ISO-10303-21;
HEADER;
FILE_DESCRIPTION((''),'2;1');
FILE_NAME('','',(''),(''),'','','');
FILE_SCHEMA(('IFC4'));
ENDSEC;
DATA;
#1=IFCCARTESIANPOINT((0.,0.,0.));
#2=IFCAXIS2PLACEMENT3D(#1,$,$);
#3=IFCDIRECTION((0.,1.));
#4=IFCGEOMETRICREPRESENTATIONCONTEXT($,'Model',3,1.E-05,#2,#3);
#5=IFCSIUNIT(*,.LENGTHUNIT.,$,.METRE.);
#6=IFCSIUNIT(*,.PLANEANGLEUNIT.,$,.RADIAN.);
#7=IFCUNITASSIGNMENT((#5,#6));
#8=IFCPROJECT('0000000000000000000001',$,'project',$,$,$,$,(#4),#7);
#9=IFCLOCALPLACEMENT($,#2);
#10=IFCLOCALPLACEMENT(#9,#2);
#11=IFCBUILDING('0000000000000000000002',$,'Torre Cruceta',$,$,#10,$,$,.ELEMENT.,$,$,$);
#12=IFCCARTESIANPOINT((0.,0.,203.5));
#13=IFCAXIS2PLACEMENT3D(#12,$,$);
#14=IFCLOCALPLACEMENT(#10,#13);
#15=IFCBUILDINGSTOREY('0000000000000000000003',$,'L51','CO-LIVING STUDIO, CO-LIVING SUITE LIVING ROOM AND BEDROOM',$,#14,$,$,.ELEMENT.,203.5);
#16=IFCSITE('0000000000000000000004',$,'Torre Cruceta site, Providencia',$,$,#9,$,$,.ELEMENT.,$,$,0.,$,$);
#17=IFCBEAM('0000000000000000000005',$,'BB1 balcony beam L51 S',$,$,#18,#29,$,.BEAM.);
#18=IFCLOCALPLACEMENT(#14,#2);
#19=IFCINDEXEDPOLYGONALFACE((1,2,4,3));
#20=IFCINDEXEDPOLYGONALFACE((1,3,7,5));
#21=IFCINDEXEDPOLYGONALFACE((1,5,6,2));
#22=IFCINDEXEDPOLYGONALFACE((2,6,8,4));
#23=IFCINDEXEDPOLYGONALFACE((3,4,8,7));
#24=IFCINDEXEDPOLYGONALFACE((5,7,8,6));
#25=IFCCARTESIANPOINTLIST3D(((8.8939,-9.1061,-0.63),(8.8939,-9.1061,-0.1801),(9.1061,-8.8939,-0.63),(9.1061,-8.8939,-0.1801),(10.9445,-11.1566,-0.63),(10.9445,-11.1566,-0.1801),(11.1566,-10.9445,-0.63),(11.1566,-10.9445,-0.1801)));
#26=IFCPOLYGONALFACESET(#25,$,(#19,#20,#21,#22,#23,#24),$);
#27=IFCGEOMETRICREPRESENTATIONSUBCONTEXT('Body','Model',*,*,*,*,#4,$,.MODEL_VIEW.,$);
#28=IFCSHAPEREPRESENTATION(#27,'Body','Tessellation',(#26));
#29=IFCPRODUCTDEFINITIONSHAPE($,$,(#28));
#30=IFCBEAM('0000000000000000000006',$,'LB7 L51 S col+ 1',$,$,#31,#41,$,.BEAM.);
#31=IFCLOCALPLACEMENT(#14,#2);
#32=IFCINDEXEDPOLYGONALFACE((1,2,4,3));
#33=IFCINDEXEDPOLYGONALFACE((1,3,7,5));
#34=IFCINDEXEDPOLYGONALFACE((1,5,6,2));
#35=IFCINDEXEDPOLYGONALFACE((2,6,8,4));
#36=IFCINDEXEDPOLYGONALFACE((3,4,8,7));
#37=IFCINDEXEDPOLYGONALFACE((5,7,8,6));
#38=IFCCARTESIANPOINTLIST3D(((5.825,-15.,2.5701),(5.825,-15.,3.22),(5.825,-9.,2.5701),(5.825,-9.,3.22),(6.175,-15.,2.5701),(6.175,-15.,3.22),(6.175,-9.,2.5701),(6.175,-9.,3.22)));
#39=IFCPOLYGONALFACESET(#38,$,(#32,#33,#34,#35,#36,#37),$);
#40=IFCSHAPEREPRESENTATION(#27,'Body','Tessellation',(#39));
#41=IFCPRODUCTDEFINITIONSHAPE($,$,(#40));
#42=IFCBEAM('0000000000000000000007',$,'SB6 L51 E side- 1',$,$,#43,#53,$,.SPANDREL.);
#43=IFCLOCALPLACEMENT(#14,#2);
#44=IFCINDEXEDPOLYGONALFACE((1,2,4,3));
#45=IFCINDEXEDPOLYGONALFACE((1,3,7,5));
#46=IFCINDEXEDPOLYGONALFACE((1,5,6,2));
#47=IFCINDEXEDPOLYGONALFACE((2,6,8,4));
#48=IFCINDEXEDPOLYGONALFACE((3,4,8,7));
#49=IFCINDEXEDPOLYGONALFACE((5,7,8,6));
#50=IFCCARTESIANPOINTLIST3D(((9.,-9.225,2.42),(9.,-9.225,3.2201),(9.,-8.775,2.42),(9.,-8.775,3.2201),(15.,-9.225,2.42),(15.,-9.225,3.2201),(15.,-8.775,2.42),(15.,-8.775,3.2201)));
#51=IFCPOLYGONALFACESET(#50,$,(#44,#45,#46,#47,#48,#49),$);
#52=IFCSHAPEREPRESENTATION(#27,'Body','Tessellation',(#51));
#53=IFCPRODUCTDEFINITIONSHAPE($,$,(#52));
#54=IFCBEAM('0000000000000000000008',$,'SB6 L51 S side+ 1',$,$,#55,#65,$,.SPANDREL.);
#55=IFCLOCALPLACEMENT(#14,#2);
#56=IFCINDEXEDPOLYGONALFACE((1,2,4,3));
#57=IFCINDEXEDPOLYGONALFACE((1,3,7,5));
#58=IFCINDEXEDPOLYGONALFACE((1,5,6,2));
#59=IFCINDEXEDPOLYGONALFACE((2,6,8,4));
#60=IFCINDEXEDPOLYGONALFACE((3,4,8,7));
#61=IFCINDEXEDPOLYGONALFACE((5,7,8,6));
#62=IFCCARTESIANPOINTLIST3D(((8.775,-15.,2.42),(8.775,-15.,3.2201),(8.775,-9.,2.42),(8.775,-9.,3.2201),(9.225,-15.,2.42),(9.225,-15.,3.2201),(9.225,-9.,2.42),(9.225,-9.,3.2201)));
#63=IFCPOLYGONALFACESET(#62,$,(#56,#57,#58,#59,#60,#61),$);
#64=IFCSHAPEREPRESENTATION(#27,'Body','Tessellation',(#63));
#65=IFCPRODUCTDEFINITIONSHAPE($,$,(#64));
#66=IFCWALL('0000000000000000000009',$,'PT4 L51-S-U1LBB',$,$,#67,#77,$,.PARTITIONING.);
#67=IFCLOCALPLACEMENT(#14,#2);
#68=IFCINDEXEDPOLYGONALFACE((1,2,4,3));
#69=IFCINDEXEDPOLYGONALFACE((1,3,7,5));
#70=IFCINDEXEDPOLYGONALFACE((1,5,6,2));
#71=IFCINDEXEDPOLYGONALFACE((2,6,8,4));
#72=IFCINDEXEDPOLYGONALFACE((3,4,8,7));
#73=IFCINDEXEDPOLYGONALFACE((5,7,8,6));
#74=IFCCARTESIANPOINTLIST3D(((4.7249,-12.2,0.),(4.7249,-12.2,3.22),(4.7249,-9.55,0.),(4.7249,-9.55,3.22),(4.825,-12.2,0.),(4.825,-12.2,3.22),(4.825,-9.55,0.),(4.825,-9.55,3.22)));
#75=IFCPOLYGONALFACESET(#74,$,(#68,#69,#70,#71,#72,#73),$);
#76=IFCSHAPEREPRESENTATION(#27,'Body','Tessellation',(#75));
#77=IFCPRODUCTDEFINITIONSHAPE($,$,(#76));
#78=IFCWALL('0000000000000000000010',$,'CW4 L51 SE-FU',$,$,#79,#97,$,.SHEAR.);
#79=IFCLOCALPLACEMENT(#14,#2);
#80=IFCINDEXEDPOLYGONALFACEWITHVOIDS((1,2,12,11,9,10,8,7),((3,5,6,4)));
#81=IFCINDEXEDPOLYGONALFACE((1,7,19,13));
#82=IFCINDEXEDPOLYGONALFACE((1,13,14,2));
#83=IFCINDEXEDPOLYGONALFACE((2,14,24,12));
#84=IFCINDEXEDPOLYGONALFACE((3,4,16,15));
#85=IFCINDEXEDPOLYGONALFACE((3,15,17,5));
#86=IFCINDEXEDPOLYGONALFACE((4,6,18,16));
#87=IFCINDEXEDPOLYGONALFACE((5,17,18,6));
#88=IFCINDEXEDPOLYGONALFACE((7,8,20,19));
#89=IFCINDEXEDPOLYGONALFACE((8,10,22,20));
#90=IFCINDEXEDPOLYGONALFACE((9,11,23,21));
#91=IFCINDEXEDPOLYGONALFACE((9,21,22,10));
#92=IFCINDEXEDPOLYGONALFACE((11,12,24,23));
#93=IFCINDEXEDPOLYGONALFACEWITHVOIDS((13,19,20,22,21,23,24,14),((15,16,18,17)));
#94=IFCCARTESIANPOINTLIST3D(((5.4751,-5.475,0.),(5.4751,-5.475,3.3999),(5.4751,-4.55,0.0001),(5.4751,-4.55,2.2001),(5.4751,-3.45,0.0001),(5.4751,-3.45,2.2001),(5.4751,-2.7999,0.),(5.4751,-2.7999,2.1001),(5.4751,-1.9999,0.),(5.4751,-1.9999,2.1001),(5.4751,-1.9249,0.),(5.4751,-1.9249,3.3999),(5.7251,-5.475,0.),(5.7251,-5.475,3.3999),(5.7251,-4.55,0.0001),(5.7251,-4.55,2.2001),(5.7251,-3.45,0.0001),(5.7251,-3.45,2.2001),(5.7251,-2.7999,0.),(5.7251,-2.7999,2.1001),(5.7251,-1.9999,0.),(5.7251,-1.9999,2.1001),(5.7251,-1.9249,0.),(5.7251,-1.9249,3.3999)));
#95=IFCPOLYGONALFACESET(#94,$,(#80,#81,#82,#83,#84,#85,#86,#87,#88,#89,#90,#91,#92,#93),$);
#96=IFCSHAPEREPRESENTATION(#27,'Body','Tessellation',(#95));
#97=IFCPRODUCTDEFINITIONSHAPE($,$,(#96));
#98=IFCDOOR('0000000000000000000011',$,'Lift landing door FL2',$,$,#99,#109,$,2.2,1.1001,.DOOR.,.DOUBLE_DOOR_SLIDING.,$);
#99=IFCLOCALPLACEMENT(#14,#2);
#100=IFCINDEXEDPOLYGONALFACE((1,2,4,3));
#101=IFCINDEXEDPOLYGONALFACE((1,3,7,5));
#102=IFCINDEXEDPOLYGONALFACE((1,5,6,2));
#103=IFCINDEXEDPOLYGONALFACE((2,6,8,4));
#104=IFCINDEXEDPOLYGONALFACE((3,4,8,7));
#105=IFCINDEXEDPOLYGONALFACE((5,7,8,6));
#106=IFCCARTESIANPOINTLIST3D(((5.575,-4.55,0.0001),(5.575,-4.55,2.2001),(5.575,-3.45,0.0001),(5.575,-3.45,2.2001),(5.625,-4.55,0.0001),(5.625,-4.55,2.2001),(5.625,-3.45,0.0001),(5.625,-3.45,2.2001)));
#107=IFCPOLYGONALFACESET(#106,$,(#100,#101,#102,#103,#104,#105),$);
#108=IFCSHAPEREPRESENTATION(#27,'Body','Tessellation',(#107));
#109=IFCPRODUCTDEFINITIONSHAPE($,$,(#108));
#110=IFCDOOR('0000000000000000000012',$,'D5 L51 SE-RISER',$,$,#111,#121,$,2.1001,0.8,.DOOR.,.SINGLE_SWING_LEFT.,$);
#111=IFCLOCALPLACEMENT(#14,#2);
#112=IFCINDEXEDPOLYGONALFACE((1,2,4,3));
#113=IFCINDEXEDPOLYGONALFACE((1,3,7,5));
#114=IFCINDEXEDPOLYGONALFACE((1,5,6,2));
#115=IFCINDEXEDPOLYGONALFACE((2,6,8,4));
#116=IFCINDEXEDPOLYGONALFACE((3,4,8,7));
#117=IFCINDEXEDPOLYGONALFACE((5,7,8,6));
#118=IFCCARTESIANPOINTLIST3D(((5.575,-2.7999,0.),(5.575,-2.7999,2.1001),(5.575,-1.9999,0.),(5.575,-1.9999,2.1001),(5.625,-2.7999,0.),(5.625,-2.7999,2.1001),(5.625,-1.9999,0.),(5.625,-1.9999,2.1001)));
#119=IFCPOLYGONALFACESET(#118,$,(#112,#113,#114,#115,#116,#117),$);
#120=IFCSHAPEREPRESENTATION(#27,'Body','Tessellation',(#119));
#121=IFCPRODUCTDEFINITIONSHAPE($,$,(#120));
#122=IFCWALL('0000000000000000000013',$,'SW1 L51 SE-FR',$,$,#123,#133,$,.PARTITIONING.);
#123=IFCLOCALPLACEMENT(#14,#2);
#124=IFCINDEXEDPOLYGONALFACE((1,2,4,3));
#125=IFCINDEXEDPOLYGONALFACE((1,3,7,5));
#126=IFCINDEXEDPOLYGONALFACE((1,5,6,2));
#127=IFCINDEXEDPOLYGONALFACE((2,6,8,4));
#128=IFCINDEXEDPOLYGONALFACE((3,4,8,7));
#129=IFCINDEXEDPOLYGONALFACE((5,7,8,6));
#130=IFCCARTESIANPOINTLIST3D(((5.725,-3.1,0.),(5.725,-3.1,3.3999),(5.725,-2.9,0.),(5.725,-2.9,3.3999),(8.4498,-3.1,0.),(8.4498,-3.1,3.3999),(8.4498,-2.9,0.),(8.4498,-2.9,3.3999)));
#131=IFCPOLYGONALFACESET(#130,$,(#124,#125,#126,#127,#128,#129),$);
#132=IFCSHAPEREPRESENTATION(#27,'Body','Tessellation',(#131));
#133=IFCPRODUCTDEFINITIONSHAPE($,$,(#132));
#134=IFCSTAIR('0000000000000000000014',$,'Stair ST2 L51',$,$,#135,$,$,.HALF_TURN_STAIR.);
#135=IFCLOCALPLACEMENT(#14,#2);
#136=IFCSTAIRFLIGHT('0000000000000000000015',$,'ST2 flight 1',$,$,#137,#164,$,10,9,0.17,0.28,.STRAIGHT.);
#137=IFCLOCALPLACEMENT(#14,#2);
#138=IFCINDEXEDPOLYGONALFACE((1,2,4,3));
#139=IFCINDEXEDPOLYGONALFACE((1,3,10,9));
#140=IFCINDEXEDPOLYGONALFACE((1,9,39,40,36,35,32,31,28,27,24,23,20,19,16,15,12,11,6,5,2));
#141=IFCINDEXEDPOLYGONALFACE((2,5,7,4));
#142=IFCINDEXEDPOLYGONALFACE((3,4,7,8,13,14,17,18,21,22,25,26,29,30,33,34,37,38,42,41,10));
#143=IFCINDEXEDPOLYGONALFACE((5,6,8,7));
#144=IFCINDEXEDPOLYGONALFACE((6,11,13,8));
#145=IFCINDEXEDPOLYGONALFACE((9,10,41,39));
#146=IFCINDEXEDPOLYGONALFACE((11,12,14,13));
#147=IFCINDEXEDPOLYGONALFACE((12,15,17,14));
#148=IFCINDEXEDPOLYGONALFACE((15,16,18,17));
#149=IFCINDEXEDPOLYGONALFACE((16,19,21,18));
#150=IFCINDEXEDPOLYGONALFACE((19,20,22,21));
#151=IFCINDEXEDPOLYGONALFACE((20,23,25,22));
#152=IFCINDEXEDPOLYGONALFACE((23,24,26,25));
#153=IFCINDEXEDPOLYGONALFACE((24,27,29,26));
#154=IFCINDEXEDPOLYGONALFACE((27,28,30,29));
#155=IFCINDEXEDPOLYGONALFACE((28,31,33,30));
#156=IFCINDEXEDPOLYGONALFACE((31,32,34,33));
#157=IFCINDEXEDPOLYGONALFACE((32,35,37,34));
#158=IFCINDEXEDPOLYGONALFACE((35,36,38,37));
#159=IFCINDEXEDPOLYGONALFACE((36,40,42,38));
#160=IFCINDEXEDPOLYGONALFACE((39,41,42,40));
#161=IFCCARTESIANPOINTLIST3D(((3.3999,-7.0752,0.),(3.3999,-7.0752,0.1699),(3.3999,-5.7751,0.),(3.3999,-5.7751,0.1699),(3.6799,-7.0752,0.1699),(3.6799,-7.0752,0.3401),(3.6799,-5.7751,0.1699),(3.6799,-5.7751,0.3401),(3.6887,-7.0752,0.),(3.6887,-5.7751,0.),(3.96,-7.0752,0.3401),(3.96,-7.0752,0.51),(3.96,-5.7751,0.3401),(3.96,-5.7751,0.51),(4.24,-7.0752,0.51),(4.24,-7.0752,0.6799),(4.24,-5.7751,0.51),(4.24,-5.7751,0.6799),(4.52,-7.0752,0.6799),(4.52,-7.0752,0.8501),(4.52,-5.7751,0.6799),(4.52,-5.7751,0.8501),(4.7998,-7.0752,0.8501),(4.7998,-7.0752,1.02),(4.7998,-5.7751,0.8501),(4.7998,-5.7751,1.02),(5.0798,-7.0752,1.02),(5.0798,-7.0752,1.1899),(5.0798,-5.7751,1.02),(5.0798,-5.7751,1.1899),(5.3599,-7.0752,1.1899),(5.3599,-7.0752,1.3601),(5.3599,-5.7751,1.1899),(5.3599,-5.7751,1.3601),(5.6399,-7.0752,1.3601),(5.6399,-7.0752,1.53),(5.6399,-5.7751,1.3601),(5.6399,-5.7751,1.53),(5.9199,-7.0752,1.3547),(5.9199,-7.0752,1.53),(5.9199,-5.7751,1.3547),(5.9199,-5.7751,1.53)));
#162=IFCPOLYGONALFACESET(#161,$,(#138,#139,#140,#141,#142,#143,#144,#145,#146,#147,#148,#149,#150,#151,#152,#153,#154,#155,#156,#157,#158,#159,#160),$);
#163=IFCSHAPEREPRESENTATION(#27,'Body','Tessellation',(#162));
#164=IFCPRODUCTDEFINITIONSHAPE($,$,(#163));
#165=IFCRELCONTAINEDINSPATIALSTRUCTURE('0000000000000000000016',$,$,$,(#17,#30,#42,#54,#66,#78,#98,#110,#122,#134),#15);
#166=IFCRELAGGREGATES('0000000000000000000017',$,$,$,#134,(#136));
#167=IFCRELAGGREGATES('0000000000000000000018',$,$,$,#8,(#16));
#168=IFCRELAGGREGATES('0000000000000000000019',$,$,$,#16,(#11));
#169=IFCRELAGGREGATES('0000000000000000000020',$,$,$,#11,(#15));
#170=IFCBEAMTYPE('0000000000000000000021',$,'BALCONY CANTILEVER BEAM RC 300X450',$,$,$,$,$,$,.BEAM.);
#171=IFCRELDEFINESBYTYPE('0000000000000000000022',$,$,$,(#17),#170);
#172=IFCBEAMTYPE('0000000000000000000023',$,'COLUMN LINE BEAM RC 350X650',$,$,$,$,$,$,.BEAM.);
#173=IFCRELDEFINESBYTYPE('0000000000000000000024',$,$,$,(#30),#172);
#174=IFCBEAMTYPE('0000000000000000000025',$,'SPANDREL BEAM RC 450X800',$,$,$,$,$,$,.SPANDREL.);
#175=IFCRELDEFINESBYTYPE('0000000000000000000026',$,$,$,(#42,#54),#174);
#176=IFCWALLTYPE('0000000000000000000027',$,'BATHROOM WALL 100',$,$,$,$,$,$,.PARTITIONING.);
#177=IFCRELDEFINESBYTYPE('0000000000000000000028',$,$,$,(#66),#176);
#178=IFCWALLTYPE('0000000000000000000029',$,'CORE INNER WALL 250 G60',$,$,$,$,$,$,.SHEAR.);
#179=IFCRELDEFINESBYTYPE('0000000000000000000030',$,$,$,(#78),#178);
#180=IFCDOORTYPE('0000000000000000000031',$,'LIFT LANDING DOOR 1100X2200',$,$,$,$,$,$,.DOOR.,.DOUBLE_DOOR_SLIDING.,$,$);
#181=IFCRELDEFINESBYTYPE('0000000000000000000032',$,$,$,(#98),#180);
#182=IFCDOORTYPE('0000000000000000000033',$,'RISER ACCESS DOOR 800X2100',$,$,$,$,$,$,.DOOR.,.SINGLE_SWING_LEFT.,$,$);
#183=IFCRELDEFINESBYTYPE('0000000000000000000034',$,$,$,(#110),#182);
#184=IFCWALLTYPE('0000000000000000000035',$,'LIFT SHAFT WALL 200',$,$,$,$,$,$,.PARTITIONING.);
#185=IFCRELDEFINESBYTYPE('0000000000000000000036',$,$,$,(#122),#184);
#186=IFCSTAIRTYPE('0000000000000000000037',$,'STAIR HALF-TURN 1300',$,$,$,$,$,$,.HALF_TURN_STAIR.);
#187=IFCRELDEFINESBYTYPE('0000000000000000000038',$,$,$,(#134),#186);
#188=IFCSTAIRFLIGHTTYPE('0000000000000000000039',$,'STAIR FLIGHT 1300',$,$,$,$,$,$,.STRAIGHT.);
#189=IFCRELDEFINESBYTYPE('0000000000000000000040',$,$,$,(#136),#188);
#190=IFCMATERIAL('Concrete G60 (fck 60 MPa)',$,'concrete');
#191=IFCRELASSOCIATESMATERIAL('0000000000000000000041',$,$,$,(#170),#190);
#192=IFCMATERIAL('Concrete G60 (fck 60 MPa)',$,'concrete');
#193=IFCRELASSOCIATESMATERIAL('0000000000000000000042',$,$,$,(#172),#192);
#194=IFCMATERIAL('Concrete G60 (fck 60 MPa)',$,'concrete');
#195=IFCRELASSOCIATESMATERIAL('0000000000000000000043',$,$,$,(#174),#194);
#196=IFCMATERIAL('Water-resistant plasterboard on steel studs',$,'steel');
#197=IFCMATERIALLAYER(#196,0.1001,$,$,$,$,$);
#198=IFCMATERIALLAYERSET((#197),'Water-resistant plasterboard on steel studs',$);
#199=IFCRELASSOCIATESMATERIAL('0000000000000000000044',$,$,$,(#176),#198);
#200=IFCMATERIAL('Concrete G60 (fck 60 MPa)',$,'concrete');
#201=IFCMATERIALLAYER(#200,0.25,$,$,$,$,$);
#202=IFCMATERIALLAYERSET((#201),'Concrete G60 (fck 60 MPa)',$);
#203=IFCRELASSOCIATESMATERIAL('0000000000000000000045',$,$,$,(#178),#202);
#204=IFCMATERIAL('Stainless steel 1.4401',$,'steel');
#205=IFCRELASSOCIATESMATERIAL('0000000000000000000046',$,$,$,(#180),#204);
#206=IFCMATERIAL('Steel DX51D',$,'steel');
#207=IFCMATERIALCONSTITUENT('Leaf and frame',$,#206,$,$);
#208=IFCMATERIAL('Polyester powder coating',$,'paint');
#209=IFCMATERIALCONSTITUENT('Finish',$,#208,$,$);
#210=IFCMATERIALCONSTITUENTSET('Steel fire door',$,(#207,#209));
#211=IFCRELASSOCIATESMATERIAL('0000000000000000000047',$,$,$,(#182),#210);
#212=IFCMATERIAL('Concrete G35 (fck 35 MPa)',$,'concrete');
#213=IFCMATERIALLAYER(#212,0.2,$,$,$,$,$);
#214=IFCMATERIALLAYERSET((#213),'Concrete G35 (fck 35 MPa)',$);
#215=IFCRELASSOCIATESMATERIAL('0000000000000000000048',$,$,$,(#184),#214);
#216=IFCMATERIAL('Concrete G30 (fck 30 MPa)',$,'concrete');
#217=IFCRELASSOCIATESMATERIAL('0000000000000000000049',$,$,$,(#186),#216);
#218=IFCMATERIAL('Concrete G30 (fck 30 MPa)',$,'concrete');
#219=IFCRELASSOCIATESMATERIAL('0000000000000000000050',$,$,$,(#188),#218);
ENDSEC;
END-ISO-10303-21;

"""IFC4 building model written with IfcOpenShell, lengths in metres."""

from ifc_helpers import new_model, si_unit, direction, frame, frame_2d, origin, origin_2d, place, context, subcontext, project, spatial, polyline, rectangle, outline, extrude, material, layer, layer_set, constituent, constituent_set, material_profile, profile_set, type_object, element, fill, aggregate, save


model = new_model("IFC4")

# Units and contexts
model_context = context("Model", 3, precision=1e-05, world=origin(), true_north=direction((0.0, 1.0)))
body_context = subcontext(model_context, "Body", "Model", "MODEL_VIEW")
ifc_project = project(units=[si_unit("LENGTHUNIT", "METRE"), si_unit("PLANEANGLEUNIT", "RADIAN")], contexts=[model_context])

# Site, building, storey
site_placement = place(None, origin())
site = spatial("IfcSite", under=ifc_project, at=site_placement, Name="Torre Cruceta site, Providencia", CompositionType="ELEMENT", RefElevation=0.0)
building_placement = place(site_placement, origin())
building = spatial("IfcBuilding", under=site, at=building_placement, Name="Torre Cruceta", CompositionType="ELEMENT")
storey_placement = place(building_placement, frame((0.0, 0.0, 203.5)))
storey = spatial("IfcBuildingStorey", under=building, at=storey_placement, Name="L51", Description="CO-LIVING STUDIO, CO-LIVING SUITE LIVING ROOM AND BEDROOM", CompositionType="ELEMENT", Elevation=203.5)

# Beams
ifc_material_1 = material(Name="Concrete G60 (fck 60 MPa)", Category="concrete")
ifc_material_profile_1 = material_profile(ifc_material_1, rectangle(XDim=0.3, YDim=0.45, at=origin_2d()), Name="RC 300X450")
ifc_profile_set_1 = profile_set([ifc_material_profile_1], Name="Concrete G60 (fck 60 MPa)")
beam_type_1 = type_object("IfcBeamType", Name="BALCONY CANTILEVER BEAM RC 300X450", PredefinedType="BEAM", material=ifc_profile_set_1)
beam_1_placement = place(storey_placement, frame((9.0, -9.0, -0.405), z_axis=(0.707107, -0.707107, 0.0), x_axis=(0.707107, 0.707107, 0.0)))
element("IfcBeam", 1, at=beam_1_placement, inside=storey, type_object=beam_type_1, Name="BB1 balcony beam L51 S", PredefinedType="BEAM", context=body_context, shape_type="SweptSolid", body=[
    extrude(rectangle(XDim=0.3, YDim=0.45, at=origin_2d()), origin(), (0.0, 0.0, 1.0), 2.8999),
])
ifc_material_2 = material(Name="Concrete G60 (fck 60 MPa)", Category="concrete")
ifc_material_profile_2 = material_profile(ifc_material_2, rectangle(XDim=0.3501, YDim=0.6499, at=origin_2d()), Name="RC 350X650")
ifc_profile_set_2 = profile_set([ifc_material_profile_2], Name="Concrete G60 (fck 60 MPa)")
beam_type_2 = type_object("IfcBeamType", Name="COLUMN LINE BEAM RC 350X650", PredefinedType="BEAM", material=ifc_profile_set_2)
beam_2_placement = place(storey_placement, frame((6.0, -9.0, 2.895), z_axis=(0.0, -1.0, 0.0), x_axis=(1.0, 0.0, 0.0)))
element("IfcBeam", 2, at=beam_2_placement, inside=storey, type_object=beam_type_2, Name="LB7 L51 S col+ 1", PredefinedType="BEAM", context=body_context, shape_type="SweptSolid", body=[
    extrude(rectangle(XDim=0.3501, YDim=0.6499, at=origin_2d()), origin(), (0.0, 0.0, 1.0), 6.0),
])
ifc_material_3 = material(Name="Concrete G60 (fck 60 MPa)", Category="concrete")
ifc_material_profile_3 = material_profile(ifc_material_3, rectangle(XDim=0.45, YDim=0.8, at=origin_2d()), Name="RC 450X800")
ifc_profile_set_3 = profile_set([ifc_material_profile_3], Name="Concrete G60 (fck 60 MPa)")
beam_type_3 = type_object("IfcBeamType", Name="SPANDREL BEAM RC 450X800", PredefinedType="SPANDREL", material=ifc_profile_set_3)
for number, where, z_axis, x_axis, name in (
    (3, (9.0, -9.0, 2.8201), (1.0, 0.0, 0.0), (0.0, 1.0, 0.0), "SB6 L51 E side- 1"),
    (4, (9.0, -9.0, 2.8201), (0.0, -1.0, 0.0), (1.0, 0.0, 0.0), "SB6 L51 S side+ 1"),
):
    element("IfcBeam", number, at=place(storey_placement, frame(where, z_axis=z_axis, x_axis=x_axis)), inside=storey, type_object=beam_type_3, Name=name, PredefinedType="SPANDREL", context=body_context, shape_type="SweptSolid", body=[
        extrude(rectangle(XDim=0.45, YDim=0.8, at=origin_2d()), origin(), (0.0, 0.0, 1.0), 6.0),
    ])

# Wall
ifc_material_4 = material(Name="Water-resistant plasterboard on steel studs", Category="steel")
ifc_layer_1 = layer(ifc_material_4, 0.1001)
ifc_layer_set_1 = layer_set([ifc_layer_1], Name="Water-resistant plasterboard on steel studs")
wall_type_1 = type_object("IfcWallType", Name="BATHROOM WALL 100", PredefinedType="PARTITIONING", material=ifc_layer_set_1)
wall_1_placement = place(storey_placement, frame((4.7749, -9.55, 0.0), z_axis=(0.0, 0.0, 1.0), x_axis=(0.0, -1.0, 0.0)))
element("IfcWall", 5, at=wall_1_placement, inside=storey, type_object=wall_type_1, Name="PT4 L51-S-U1LBB", PredefinedType="PARTITIONING", context=body_context, shape_type="SweptSolid", body=[
    extrude(rectangle(XDim=2.6499, YDim=0.1001, at=frame_2d((1.325, 0.0))), origin(), (0.0, 0.0, 1.0), 3.22),
])

# Wall, openings, doors
ifc_material_5 = material(Name="Concrete G60 (fck 60 MPa)", Category="concrete")
ifc_layer_2 = layer(ifc_material_5, 0.25)
ifc_layer_set_2 = layer_set([ifc_layer_2], Name="Concrete G60 (fck 60 MPa)")
wall_type_2 = type_object("IfcWallType", Name="CORE INNER WALL 250 G60", PredefinedType="SHEAR", material=ifc_layer_set_2)
wall_2_placement = place(storey_placement, frame((5.6001, -1.925, 0.0), z_axis=(0.0, 0.0, 1.0), x_axis=(0.0, -1.0, 0.0)))
wall_2 = element("IfcWall", 6, at=wall_2_placement, inside=storey, type_object=wall_type_2, Name="CW4 L51 SE-FU", PredefinedType="SHEAR", context=body_context, shape_type="SweptSolid", body=[
    extrude(rectangle(XDim=3.55, YDim=0.25, at=frame_2d((1.7749, 0.0))), origin(), (0.0, 0.0, 1.0), 3.3999),
])
opening_1_placement = place(wall_2_placement, frame((1.5249, 0.0, 0.0)))
opening_1 = element("IfcOpeningElement", 7, at=opening_1_placement, cuts=wall_2, PredefinedType="OPENING", context=body_context, shape_type="SweptSolid", body=[
    extrude(rectangle(XDim=1.1001, YDim=2.2, at=frame_2d((0.55, 1.1001))), frame((0.0, 0.135, 0.0), z_axis=(0.0, -1.0, 0.0), x_axis=(1.0, 0.0, 0.0)), (0.0, 0.0, 1.0), 0.27),
])
opening_2_placement = place(wall_2_placement, frame((0.075, 0.0, 0.0)))
opening_2 = element("IfcOpeningElement", 8, at=opening_2_placement, cuts=wall_2, PredefinedType="OPENING", context=body_context, shape_type="SweptSolid", body=[
    extrude(rectangle(XDim=0.8, YDim=2.1001, at=frame_2d((0.3999, 1.05))), frame((0.0, 0.135, 0.0), z_axis=(0.0, -1.0, 0.0), x_axis=(1.0, 0.0, 0.0)), (0.0, 0.0, 1.0), 0.27),
])
ifc_material_6 = material(Name="Stainless steel 1.4401", Category="steel")
door_type_1 = type_object("IfcDoorType", Name="LIFT LANDING DOOR 1100X2200", OperationType="DOUBLE_DOOR_SLIDING", PredefinedType="DOOR", material=ifc_material_6)
door_1_placement = place(opening_1_placement, origin())
door_1 = element("IfcDoor", 9, at=door_1_placement, inside=storey, type_object=door_type_1, Name="Lift landing door FL2", OperationType="DOUBLE_DOOR_SLIDING", OverallHeight=2.2, OverallWidth=1.1001, PredefinedType="DOOR", context=body_context, shape_type="SweptSolid", body=[
    extrude(rectangle(XDim=1.1001, YDim=2.2, at=frame_2d((0.55, 1.1001))), frame((0.0, 0.0249, 0.0), z_axis=(0.0, -1.0, 0.0), x_axis=(1.0, 0.0, 0.0)), (0.0, 0.0, 1.0), 0.05),
])
fill(opening_1, door_1)
ifc_material_7 = material(Name="Steel DX51D", Category="steel")
ifc_constituent_1 = constituent(ifc_material_7, Name="Leaf and frame")
ifc_material_8 = material(Name="Polyester powder coating", Category="paint")
ifc_constituent_2 = constituent(ifc_material_8, Name="Finish")
ifc_constituent_set_1 = constituent_set(constituents=[ifc_constituent_1, ifc_constituent_2], Name="Steel fire door")
door_type_2 = type_object("IfcDoorType", Name="RISER ACCESS DOOR 800X2100", OperationType="SINGLE_SWING_LEFT", PredefinedType="DOOR", material=ifc_constituent_set_1)
door_2_placement = place(opening_2_placement, origin())
door_2 = element("IfcDoor", 10, at=door_2_placement, inside=storey, type_object=door_type_2, Name="D5 L51 SE-RISER", OperationType="SINGLE_SWING_LEFT", OverallHeight=2.1001, OverallWidth=0.8, PredefinedType="DOOR", context=body_context, shape_type="SweptSolid", body=[
    extrude(rectangle(XDim=0.8, YDim=2.1001, at=frame_2d((0.3999, 1.05))), frame((0.0, 0.0249, 0.0), z_axis=(0.0, -1.0, 0.0), x_axis=(1.0, 0.0, 0.0)), (0.0, 0.0, 1.0), 0.05),
])
fill(opening_2, door_2)

# Wall
ifc_material_9 = material(Name="Concrete G35 (fck 35 MPa)", Category="concrete")
ifc_layer_3 = layer(ifc_material_9, 0.2)
ifc_layer_set_3 = layer_set([ifc_layer_3], Name="Concrete G35 (fck 35 MPa)")
wall_type_3 = type_object("IfcWallType", Name="LIFT SHAFT WALL 200", PredefinedType="PARTITIONING", material=ifc_layer_set_3)
wall_3_placement = place(storey_placement, frame((5.7251, -3.0, 0.0), z_axis=(0.0, 0.0, 1.0), x_axis=(1.0, 0.0, 0.0)))
element("IfcWall", 11, at=wall_3_placement, inside=storey, type_object=wall_type_3, Name="SW1 L51 SE-FR", PredefinedType="PARTITIONING", context=body_context, shape_type="SweptSolid", body=[
    extrude(rectangle(XDim=2.7249, YDim=0.2, at=frame_2d((1.3623, 0.0))), origin(), (0.0, 0.0, 1.0), 3.3999),
])

# Stair, stair flight
ifc_material_10 = material(Name="Concrete G30 (fck 30 MPa)", Category="concrete")
stair_type = type_object("IfcStairType", Name="STAIR HALF-TURN 1300", PredefinedType="HALF_TURN_STAIR", material=ifc_material_10)
stair_placement = place(storey_placement, origin())
stair = element("IfcStair", 12, at=stair_placement, inside=storey, type_object=stair_type, Name="Stair ST2 L51", PredefinedType="HALF_TURN_STAIR")
ifc_material_11 = material(Name="Concrete G30 (fck 30 MPa)", Category="concrete")
stair_flight_type = type_object("IfcStairFlightType", Name="STAIR FLIGHT 1300", PredefinedType="STRAIGHT", material=ifc_material_11)
stair_flight_1_placement = place(storey_placement, frame((3.3999, -6.425, 0.0), z_axis=(0.0, 0.0, 1.0), x_axis=(1.0, 0.0, 0.0)))
stair_flight_1 = element("IfcStairFlight", 13, at=stair_flight_1_placement, type_object=stair_flight_type, Name="ST2 flight 1", NumberOfRisers=10, NumberOfTreads=9, PredefinedType="STRAIGHT", RiserHeight=0.17, TreadLength=0.28, context=body_context, shape_type="SweptSolid", body=[
    extrude(outline(polyline([(0.0, 0.0), (0.0, 0.1699), (0.28, 0.1699), (0.28, 0.3401), (0.5601, 0.3401), (0.5601, 0.51), (0.8401, 0.51), (0.8401, 0.6799), (1.1201, 0.6799), (1.1201, 0.8501), (1.3999, 0.8501), (1.3999, 1.02), (1.6799, 1.02), (1.6799, 1.1899), (1.96, 1.1899), (1.96, 1.3601), (2.24, 1.3601), (2.24, 1.53), (2.52, 1.53), (2.52, 1.7), (2.52, 1.3547), (0.2888, 0.0), (0.0, 0.0)])), frame((0.0, 0.6499, 0.0), z_axis=(0.0, -1.0, 0.0), x_axis=(1.0, 0.0, 0.0)), (0.0, 0.0, 1.0), 1.3),
])
aggregate(stair, [stair_flight_1])

save(model, "model.ifc")
